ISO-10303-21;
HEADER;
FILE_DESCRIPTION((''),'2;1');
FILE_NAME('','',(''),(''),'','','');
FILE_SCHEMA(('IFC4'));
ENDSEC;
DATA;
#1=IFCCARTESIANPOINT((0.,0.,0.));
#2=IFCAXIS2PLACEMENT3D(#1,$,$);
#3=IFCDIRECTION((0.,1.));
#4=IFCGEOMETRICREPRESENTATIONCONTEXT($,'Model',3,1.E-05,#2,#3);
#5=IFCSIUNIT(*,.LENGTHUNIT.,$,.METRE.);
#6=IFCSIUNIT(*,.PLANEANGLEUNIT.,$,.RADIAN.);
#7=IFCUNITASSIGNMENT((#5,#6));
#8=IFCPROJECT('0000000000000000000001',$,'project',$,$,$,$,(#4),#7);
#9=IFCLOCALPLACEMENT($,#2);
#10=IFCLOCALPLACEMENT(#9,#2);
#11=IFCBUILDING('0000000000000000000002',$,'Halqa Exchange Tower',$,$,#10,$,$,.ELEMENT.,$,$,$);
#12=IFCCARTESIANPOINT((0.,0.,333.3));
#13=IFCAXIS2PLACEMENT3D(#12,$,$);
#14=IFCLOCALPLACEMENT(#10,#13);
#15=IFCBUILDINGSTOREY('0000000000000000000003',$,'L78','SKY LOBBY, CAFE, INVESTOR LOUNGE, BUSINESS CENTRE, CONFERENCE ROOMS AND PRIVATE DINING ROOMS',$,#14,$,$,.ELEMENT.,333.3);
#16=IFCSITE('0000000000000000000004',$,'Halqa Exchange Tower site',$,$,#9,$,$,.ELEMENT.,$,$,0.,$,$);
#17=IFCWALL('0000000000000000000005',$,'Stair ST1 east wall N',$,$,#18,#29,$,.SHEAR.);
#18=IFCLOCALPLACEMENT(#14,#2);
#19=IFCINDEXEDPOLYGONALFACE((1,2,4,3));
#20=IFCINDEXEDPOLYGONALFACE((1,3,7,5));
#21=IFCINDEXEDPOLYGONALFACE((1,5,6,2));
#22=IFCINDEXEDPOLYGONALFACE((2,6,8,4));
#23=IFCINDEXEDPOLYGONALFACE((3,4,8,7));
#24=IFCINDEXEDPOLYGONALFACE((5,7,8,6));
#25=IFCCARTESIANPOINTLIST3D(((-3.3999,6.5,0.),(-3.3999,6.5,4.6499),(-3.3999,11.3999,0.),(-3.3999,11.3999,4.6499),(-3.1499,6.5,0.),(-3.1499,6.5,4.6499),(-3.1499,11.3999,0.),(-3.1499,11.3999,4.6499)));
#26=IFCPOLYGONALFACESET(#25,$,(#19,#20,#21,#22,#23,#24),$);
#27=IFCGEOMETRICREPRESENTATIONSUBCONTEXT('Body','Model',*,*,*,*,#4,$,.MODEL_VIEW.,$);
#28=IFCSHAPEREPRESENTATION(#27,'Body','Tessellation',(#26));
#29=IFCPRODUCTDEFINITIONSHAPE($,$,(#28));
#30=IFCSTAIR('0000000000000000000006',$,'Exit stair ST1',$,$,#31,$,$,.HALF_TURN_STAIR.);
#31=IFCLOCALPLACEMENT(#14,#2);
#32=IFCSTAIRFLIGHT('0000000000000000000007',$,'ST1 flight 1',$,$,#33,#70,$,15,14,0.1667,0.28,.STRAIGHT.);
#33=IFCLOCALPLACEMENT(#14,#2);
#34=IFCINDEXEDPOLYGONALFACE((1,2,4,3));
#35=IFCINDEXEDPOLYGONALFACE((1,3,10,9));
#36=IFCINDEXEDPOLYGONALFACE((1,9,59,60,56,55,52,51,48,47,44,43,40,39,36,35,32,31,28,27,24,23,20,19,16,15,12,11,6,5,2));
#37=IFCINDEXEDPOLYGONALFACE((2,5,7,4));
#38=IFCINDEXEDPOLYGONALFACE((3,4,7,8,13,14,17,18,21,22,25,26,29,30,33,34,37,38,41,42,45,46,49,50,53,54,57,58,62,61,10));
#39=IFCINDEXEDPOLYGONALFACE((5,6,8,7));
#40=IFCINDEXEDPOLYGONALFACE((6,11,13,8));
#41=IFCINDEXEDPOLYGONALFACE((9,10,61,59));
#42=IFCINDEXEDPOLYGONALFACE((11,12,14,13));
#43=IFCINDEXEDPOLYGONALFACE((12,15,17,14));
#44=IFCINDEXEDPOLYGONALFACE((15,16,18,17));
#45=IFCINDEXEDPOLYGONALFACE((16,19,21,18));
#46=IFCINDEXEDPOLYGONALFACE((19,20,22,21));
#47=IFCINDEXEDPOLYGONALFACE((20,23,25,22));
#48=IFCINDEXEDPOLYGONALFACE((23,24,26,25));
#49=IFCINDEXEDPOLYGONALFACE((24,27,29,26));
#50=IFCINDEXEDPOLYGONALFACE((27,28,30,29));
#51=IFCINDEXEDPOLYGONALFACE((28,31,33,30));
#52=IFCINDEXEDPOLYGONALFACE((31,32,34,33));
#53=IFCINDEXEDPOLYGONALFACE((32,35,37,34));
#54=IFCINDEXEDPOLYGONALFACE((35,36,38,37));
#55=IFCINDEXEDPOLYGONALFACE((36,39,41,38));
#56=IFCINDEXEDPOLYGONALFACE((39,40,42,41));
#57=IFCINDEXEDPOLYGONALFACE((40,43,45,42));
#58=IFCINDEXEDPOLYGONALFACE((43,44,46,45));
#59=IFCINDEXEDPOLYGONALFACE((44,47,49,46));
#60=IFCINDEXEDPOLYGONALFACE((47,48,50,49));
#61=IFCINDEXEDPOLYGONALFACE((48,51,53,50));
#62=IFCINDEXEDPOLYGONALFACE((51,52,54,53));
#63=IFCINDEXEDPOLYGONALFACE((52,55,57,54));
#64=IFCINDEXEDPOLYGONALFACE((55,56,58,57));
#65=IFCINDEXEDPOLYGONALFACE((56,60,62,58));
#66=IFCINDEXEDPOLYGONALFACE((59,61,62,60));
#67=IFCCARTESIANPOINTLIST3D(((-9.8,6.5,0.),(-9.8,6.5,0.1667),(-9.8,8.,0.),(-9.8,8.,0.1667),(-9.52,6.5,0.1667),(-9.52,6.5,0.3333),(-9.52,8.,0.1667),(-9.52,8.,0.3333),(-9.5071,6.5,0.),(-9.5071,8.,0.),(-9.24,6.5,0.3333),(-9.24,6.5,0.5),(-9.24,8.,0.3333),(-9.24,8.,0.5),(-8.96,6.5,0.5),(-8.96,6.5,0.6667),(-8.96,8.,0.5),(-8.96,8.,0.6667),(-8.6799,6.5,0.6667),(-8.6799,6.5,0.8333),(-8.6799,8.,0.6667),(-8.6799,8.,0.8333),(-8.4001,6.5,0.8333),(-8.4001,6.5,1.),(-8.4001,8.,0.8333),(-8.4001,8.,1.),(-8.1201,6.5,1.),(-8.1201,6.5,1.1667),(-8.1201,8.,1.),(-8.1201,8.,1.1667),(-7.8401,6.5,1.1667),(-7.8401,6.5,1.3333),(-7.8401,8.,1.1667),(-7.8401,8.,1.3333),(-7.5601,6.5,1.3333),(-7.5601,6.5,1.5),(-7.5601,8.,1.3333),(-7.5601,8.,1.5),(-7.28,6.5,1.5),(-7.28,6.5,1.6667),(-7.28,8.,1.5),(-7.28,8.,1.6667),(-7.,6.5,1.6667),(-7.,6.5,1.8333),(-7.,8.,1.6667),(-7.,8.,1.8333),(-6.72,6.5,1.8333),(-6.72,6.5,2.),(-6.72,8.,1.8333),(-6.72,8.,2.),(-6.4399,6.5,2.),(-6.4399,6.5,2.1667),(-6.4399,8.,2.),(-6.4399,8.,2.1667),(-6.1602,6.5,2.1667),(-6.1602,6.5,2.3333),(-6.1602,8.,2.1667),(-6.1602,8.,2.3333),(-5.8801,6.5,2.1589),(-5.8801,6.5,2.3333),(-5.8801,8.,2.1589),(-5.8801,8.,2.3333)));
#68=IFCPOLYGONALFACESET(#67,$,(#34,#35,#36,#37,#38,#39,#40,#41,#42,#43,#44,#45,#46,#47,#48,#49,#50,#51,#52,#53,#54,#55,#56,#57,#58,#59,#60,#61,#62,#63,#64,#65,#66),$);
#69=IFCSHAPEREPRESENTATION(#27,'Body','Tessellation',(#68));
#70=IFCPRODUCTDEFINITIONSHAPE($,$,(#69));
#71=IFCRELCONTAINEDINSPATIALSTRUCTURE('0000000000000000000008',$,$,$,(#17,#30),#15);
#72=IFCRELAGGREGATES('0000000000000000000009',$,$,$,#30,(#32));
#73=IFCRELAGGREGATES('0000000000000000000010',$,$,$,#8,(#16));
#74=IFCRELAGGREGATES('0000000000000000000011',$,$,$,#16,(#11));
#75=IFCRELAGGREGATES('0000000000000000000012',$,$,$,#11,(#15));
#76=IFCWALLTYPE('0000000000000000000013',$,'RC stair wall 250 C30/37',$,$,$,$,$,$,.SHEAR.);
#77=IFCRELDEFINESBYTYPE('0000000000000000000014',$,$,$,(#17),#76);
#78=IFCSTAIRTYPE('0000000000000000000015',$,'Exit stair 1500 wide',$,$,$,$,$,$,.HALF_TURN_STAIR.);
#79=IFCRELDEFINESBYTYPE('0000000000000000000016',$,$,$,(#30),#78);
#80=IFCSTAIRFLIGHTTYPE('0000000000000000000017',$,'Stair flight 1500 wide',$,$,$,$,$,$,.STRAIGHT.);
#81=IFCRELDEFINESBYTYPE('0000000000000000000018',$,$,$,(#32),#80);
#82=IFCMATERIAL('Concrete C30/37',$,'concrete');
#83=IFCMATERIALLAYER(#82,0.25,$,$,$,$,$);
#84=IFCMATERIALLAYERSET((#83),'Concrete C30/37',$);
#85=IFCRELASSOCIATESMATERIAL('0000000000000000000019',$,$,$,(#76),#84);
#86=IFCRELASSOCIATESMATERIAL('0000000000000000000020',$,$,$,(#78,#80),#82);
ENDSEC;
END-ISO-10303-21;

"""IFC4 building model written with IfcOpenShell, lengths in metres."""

from ifc_helpers import new_model, si_unit, direction, frame, frame_2d, origin, place, context, subcontext, project, spatial, polyline, rectangle, outline, extrude, material, layer, layer_set, type_object, element, aggregate, save


model = new_model("IFC4")

# Units and contexts
model_context = context("Model", 3, precision=1e-05, world=origin(), true_north=direction((0.0, 1.0)))
body_context = subcontext(model_context, "Body", "Model", "MODEL_VIEW")
ifc_project = project(units=[si_unit("LENGTHUNIT", "METRE"), si_unit("PLANEANGLEUNIT", "RADIAN")], contexts=[model_context])

# Site, building, storey
site_placement = place(None, origin())
site = spatial("IfcSite", under=ifc_project, at=site_placement, Name="Halqa Exchange Tower site", CompositionType="ELEMENT", RefElevation=0.0)
building_placement = place(site_placement, origin())
building = spatial("IfcBuilding", under=site, at=building_placement, Name="Halqa Exchange Tower", CompositionType="ELEMENT")
storey_placement = place(building_placement, frame((0.0, 0.0, 333.3)))
storey = spatial("IfcBuildingStorey", under=building, at=storey_placement, Name="L78", Description="SKY LOBBY, CAFE, INVESTOR LOUNGE, BUSINESS CENTRE, CONFERENCE ROOMS AND PRIVATE DINING ROOMS", CompositionType="ELEMENT", Elevation=333.3)

# Wall
ifc_material_1 = material(Name="Concrete C30/37", Category="concrete")
ifc_layer_1 = layer(ifc_material_1, 0.25)
ifc_layer_set_1 = layer_set([ifc_layer_1], Name="Concrete C30/37")
wall_type_1 = type_object("IfcWallType", Name="RC stair wall 250 C30/37", PredefinedType="SHEAR", material=ifc_layer_set_1)
wall_1_placement = place(storey_placement, frame((-3.2749, 6.5, 0.0), z_axis=(0.0, 0.0, 1.0), x_axis=(0.0, 1.0, 0.0)))
element("IfcWall", 1, at=wall_1_placement, inside=storey, type_object=wall_type_1, Name="Stair ST1 east wall N", PredefinedType="SHEAR", context=body_context, shape_type="SweptSolid", body=[
    extrude(rectangle(XDim=4.8999, YDim=0.25, at=frame_2d((2.45, 0.0))), origin(), (0.0, 0.0, 1.0), 4.6499),
])

# Stair, stair flight
stair_type = type_object("IfcStairType", Name="Exit stair 1500 wide", PredefinedType="HALF_TURN_STAIR", material=ifc_material_1)
stair_placement = place(storey_placement, origin())
stair = element("IfcStair", 2, at=stair_placement, inside=storey, type_object=stair_type, Name="Exit stair ST1", PredefinedType="HALF_TURN_STAIR")
stair_flight_type = type_object("IfcStairFlightType", Name="Stair flight 1500 wide", PredefinedType="STRAIGHT", material=ifc_material_1)
stair_flight_placement = place(storey_placement, frame((-9.8, 7.25, 0.0), z_axis=(0.0, 0.0, 1.0), x_axis=(1.0, 0.0, 0.0)))
stair_flight = element("IfcStairFlight", 3, at=stair_flight_placement, type_object=stair_flight_type, Name="ST1 flight 1", NumberOfRisers=15, NumberOfTreads=14, PredefinedType="STRAIGHT", RiserHeight=0.1667, TreadLength=0.28, context=body_context, shape_type="SweptSolid", body=[
    extrude(outline(polyline([(0.0, 0.0), (0.0, 0.1667), (0.28, 0.1667), (0.28, 0.3333), (0.5601, 0.3333), (0.5601, 0.5), (0.8401, 0.5), (0.8401, 0.6667), (1.1201, 0.6667), (1.1201, 0.8333), (1.3999, 0.8333), (1.3999, 1.0), (1.6799, 1.0), (1.6799, 1.1667), (1.96, 1.1667), (1.96, 1.3333), (2.24, 1.3333), (2.24, 1.5), (2.52, 1.5), (2.52, 1.6667), (2.8, 1.6667), (2.8, 1.8333), (3.0801, 1.8333), (3.0801, 2.0), (3.3601, 2.0), (3.3601, 2.1667), (3.6399, 2.1667), (3.6399, 2.3333), (3.9199, 2.3333), (3.9199, 2.5), (3.9199, 2.1589), (0.293, 0.0), (0.0, 0.0)])), frame((0.0, 0.75, 0.0), z_axis=(0.0, -1.0, 0.0), x_axis=(1.0, 0.0, 0.0)), (0.0, 0.0, 1.0), 1.5),
])
aggregate(stair, [stair_flight])

save(model, "model.ifc")
